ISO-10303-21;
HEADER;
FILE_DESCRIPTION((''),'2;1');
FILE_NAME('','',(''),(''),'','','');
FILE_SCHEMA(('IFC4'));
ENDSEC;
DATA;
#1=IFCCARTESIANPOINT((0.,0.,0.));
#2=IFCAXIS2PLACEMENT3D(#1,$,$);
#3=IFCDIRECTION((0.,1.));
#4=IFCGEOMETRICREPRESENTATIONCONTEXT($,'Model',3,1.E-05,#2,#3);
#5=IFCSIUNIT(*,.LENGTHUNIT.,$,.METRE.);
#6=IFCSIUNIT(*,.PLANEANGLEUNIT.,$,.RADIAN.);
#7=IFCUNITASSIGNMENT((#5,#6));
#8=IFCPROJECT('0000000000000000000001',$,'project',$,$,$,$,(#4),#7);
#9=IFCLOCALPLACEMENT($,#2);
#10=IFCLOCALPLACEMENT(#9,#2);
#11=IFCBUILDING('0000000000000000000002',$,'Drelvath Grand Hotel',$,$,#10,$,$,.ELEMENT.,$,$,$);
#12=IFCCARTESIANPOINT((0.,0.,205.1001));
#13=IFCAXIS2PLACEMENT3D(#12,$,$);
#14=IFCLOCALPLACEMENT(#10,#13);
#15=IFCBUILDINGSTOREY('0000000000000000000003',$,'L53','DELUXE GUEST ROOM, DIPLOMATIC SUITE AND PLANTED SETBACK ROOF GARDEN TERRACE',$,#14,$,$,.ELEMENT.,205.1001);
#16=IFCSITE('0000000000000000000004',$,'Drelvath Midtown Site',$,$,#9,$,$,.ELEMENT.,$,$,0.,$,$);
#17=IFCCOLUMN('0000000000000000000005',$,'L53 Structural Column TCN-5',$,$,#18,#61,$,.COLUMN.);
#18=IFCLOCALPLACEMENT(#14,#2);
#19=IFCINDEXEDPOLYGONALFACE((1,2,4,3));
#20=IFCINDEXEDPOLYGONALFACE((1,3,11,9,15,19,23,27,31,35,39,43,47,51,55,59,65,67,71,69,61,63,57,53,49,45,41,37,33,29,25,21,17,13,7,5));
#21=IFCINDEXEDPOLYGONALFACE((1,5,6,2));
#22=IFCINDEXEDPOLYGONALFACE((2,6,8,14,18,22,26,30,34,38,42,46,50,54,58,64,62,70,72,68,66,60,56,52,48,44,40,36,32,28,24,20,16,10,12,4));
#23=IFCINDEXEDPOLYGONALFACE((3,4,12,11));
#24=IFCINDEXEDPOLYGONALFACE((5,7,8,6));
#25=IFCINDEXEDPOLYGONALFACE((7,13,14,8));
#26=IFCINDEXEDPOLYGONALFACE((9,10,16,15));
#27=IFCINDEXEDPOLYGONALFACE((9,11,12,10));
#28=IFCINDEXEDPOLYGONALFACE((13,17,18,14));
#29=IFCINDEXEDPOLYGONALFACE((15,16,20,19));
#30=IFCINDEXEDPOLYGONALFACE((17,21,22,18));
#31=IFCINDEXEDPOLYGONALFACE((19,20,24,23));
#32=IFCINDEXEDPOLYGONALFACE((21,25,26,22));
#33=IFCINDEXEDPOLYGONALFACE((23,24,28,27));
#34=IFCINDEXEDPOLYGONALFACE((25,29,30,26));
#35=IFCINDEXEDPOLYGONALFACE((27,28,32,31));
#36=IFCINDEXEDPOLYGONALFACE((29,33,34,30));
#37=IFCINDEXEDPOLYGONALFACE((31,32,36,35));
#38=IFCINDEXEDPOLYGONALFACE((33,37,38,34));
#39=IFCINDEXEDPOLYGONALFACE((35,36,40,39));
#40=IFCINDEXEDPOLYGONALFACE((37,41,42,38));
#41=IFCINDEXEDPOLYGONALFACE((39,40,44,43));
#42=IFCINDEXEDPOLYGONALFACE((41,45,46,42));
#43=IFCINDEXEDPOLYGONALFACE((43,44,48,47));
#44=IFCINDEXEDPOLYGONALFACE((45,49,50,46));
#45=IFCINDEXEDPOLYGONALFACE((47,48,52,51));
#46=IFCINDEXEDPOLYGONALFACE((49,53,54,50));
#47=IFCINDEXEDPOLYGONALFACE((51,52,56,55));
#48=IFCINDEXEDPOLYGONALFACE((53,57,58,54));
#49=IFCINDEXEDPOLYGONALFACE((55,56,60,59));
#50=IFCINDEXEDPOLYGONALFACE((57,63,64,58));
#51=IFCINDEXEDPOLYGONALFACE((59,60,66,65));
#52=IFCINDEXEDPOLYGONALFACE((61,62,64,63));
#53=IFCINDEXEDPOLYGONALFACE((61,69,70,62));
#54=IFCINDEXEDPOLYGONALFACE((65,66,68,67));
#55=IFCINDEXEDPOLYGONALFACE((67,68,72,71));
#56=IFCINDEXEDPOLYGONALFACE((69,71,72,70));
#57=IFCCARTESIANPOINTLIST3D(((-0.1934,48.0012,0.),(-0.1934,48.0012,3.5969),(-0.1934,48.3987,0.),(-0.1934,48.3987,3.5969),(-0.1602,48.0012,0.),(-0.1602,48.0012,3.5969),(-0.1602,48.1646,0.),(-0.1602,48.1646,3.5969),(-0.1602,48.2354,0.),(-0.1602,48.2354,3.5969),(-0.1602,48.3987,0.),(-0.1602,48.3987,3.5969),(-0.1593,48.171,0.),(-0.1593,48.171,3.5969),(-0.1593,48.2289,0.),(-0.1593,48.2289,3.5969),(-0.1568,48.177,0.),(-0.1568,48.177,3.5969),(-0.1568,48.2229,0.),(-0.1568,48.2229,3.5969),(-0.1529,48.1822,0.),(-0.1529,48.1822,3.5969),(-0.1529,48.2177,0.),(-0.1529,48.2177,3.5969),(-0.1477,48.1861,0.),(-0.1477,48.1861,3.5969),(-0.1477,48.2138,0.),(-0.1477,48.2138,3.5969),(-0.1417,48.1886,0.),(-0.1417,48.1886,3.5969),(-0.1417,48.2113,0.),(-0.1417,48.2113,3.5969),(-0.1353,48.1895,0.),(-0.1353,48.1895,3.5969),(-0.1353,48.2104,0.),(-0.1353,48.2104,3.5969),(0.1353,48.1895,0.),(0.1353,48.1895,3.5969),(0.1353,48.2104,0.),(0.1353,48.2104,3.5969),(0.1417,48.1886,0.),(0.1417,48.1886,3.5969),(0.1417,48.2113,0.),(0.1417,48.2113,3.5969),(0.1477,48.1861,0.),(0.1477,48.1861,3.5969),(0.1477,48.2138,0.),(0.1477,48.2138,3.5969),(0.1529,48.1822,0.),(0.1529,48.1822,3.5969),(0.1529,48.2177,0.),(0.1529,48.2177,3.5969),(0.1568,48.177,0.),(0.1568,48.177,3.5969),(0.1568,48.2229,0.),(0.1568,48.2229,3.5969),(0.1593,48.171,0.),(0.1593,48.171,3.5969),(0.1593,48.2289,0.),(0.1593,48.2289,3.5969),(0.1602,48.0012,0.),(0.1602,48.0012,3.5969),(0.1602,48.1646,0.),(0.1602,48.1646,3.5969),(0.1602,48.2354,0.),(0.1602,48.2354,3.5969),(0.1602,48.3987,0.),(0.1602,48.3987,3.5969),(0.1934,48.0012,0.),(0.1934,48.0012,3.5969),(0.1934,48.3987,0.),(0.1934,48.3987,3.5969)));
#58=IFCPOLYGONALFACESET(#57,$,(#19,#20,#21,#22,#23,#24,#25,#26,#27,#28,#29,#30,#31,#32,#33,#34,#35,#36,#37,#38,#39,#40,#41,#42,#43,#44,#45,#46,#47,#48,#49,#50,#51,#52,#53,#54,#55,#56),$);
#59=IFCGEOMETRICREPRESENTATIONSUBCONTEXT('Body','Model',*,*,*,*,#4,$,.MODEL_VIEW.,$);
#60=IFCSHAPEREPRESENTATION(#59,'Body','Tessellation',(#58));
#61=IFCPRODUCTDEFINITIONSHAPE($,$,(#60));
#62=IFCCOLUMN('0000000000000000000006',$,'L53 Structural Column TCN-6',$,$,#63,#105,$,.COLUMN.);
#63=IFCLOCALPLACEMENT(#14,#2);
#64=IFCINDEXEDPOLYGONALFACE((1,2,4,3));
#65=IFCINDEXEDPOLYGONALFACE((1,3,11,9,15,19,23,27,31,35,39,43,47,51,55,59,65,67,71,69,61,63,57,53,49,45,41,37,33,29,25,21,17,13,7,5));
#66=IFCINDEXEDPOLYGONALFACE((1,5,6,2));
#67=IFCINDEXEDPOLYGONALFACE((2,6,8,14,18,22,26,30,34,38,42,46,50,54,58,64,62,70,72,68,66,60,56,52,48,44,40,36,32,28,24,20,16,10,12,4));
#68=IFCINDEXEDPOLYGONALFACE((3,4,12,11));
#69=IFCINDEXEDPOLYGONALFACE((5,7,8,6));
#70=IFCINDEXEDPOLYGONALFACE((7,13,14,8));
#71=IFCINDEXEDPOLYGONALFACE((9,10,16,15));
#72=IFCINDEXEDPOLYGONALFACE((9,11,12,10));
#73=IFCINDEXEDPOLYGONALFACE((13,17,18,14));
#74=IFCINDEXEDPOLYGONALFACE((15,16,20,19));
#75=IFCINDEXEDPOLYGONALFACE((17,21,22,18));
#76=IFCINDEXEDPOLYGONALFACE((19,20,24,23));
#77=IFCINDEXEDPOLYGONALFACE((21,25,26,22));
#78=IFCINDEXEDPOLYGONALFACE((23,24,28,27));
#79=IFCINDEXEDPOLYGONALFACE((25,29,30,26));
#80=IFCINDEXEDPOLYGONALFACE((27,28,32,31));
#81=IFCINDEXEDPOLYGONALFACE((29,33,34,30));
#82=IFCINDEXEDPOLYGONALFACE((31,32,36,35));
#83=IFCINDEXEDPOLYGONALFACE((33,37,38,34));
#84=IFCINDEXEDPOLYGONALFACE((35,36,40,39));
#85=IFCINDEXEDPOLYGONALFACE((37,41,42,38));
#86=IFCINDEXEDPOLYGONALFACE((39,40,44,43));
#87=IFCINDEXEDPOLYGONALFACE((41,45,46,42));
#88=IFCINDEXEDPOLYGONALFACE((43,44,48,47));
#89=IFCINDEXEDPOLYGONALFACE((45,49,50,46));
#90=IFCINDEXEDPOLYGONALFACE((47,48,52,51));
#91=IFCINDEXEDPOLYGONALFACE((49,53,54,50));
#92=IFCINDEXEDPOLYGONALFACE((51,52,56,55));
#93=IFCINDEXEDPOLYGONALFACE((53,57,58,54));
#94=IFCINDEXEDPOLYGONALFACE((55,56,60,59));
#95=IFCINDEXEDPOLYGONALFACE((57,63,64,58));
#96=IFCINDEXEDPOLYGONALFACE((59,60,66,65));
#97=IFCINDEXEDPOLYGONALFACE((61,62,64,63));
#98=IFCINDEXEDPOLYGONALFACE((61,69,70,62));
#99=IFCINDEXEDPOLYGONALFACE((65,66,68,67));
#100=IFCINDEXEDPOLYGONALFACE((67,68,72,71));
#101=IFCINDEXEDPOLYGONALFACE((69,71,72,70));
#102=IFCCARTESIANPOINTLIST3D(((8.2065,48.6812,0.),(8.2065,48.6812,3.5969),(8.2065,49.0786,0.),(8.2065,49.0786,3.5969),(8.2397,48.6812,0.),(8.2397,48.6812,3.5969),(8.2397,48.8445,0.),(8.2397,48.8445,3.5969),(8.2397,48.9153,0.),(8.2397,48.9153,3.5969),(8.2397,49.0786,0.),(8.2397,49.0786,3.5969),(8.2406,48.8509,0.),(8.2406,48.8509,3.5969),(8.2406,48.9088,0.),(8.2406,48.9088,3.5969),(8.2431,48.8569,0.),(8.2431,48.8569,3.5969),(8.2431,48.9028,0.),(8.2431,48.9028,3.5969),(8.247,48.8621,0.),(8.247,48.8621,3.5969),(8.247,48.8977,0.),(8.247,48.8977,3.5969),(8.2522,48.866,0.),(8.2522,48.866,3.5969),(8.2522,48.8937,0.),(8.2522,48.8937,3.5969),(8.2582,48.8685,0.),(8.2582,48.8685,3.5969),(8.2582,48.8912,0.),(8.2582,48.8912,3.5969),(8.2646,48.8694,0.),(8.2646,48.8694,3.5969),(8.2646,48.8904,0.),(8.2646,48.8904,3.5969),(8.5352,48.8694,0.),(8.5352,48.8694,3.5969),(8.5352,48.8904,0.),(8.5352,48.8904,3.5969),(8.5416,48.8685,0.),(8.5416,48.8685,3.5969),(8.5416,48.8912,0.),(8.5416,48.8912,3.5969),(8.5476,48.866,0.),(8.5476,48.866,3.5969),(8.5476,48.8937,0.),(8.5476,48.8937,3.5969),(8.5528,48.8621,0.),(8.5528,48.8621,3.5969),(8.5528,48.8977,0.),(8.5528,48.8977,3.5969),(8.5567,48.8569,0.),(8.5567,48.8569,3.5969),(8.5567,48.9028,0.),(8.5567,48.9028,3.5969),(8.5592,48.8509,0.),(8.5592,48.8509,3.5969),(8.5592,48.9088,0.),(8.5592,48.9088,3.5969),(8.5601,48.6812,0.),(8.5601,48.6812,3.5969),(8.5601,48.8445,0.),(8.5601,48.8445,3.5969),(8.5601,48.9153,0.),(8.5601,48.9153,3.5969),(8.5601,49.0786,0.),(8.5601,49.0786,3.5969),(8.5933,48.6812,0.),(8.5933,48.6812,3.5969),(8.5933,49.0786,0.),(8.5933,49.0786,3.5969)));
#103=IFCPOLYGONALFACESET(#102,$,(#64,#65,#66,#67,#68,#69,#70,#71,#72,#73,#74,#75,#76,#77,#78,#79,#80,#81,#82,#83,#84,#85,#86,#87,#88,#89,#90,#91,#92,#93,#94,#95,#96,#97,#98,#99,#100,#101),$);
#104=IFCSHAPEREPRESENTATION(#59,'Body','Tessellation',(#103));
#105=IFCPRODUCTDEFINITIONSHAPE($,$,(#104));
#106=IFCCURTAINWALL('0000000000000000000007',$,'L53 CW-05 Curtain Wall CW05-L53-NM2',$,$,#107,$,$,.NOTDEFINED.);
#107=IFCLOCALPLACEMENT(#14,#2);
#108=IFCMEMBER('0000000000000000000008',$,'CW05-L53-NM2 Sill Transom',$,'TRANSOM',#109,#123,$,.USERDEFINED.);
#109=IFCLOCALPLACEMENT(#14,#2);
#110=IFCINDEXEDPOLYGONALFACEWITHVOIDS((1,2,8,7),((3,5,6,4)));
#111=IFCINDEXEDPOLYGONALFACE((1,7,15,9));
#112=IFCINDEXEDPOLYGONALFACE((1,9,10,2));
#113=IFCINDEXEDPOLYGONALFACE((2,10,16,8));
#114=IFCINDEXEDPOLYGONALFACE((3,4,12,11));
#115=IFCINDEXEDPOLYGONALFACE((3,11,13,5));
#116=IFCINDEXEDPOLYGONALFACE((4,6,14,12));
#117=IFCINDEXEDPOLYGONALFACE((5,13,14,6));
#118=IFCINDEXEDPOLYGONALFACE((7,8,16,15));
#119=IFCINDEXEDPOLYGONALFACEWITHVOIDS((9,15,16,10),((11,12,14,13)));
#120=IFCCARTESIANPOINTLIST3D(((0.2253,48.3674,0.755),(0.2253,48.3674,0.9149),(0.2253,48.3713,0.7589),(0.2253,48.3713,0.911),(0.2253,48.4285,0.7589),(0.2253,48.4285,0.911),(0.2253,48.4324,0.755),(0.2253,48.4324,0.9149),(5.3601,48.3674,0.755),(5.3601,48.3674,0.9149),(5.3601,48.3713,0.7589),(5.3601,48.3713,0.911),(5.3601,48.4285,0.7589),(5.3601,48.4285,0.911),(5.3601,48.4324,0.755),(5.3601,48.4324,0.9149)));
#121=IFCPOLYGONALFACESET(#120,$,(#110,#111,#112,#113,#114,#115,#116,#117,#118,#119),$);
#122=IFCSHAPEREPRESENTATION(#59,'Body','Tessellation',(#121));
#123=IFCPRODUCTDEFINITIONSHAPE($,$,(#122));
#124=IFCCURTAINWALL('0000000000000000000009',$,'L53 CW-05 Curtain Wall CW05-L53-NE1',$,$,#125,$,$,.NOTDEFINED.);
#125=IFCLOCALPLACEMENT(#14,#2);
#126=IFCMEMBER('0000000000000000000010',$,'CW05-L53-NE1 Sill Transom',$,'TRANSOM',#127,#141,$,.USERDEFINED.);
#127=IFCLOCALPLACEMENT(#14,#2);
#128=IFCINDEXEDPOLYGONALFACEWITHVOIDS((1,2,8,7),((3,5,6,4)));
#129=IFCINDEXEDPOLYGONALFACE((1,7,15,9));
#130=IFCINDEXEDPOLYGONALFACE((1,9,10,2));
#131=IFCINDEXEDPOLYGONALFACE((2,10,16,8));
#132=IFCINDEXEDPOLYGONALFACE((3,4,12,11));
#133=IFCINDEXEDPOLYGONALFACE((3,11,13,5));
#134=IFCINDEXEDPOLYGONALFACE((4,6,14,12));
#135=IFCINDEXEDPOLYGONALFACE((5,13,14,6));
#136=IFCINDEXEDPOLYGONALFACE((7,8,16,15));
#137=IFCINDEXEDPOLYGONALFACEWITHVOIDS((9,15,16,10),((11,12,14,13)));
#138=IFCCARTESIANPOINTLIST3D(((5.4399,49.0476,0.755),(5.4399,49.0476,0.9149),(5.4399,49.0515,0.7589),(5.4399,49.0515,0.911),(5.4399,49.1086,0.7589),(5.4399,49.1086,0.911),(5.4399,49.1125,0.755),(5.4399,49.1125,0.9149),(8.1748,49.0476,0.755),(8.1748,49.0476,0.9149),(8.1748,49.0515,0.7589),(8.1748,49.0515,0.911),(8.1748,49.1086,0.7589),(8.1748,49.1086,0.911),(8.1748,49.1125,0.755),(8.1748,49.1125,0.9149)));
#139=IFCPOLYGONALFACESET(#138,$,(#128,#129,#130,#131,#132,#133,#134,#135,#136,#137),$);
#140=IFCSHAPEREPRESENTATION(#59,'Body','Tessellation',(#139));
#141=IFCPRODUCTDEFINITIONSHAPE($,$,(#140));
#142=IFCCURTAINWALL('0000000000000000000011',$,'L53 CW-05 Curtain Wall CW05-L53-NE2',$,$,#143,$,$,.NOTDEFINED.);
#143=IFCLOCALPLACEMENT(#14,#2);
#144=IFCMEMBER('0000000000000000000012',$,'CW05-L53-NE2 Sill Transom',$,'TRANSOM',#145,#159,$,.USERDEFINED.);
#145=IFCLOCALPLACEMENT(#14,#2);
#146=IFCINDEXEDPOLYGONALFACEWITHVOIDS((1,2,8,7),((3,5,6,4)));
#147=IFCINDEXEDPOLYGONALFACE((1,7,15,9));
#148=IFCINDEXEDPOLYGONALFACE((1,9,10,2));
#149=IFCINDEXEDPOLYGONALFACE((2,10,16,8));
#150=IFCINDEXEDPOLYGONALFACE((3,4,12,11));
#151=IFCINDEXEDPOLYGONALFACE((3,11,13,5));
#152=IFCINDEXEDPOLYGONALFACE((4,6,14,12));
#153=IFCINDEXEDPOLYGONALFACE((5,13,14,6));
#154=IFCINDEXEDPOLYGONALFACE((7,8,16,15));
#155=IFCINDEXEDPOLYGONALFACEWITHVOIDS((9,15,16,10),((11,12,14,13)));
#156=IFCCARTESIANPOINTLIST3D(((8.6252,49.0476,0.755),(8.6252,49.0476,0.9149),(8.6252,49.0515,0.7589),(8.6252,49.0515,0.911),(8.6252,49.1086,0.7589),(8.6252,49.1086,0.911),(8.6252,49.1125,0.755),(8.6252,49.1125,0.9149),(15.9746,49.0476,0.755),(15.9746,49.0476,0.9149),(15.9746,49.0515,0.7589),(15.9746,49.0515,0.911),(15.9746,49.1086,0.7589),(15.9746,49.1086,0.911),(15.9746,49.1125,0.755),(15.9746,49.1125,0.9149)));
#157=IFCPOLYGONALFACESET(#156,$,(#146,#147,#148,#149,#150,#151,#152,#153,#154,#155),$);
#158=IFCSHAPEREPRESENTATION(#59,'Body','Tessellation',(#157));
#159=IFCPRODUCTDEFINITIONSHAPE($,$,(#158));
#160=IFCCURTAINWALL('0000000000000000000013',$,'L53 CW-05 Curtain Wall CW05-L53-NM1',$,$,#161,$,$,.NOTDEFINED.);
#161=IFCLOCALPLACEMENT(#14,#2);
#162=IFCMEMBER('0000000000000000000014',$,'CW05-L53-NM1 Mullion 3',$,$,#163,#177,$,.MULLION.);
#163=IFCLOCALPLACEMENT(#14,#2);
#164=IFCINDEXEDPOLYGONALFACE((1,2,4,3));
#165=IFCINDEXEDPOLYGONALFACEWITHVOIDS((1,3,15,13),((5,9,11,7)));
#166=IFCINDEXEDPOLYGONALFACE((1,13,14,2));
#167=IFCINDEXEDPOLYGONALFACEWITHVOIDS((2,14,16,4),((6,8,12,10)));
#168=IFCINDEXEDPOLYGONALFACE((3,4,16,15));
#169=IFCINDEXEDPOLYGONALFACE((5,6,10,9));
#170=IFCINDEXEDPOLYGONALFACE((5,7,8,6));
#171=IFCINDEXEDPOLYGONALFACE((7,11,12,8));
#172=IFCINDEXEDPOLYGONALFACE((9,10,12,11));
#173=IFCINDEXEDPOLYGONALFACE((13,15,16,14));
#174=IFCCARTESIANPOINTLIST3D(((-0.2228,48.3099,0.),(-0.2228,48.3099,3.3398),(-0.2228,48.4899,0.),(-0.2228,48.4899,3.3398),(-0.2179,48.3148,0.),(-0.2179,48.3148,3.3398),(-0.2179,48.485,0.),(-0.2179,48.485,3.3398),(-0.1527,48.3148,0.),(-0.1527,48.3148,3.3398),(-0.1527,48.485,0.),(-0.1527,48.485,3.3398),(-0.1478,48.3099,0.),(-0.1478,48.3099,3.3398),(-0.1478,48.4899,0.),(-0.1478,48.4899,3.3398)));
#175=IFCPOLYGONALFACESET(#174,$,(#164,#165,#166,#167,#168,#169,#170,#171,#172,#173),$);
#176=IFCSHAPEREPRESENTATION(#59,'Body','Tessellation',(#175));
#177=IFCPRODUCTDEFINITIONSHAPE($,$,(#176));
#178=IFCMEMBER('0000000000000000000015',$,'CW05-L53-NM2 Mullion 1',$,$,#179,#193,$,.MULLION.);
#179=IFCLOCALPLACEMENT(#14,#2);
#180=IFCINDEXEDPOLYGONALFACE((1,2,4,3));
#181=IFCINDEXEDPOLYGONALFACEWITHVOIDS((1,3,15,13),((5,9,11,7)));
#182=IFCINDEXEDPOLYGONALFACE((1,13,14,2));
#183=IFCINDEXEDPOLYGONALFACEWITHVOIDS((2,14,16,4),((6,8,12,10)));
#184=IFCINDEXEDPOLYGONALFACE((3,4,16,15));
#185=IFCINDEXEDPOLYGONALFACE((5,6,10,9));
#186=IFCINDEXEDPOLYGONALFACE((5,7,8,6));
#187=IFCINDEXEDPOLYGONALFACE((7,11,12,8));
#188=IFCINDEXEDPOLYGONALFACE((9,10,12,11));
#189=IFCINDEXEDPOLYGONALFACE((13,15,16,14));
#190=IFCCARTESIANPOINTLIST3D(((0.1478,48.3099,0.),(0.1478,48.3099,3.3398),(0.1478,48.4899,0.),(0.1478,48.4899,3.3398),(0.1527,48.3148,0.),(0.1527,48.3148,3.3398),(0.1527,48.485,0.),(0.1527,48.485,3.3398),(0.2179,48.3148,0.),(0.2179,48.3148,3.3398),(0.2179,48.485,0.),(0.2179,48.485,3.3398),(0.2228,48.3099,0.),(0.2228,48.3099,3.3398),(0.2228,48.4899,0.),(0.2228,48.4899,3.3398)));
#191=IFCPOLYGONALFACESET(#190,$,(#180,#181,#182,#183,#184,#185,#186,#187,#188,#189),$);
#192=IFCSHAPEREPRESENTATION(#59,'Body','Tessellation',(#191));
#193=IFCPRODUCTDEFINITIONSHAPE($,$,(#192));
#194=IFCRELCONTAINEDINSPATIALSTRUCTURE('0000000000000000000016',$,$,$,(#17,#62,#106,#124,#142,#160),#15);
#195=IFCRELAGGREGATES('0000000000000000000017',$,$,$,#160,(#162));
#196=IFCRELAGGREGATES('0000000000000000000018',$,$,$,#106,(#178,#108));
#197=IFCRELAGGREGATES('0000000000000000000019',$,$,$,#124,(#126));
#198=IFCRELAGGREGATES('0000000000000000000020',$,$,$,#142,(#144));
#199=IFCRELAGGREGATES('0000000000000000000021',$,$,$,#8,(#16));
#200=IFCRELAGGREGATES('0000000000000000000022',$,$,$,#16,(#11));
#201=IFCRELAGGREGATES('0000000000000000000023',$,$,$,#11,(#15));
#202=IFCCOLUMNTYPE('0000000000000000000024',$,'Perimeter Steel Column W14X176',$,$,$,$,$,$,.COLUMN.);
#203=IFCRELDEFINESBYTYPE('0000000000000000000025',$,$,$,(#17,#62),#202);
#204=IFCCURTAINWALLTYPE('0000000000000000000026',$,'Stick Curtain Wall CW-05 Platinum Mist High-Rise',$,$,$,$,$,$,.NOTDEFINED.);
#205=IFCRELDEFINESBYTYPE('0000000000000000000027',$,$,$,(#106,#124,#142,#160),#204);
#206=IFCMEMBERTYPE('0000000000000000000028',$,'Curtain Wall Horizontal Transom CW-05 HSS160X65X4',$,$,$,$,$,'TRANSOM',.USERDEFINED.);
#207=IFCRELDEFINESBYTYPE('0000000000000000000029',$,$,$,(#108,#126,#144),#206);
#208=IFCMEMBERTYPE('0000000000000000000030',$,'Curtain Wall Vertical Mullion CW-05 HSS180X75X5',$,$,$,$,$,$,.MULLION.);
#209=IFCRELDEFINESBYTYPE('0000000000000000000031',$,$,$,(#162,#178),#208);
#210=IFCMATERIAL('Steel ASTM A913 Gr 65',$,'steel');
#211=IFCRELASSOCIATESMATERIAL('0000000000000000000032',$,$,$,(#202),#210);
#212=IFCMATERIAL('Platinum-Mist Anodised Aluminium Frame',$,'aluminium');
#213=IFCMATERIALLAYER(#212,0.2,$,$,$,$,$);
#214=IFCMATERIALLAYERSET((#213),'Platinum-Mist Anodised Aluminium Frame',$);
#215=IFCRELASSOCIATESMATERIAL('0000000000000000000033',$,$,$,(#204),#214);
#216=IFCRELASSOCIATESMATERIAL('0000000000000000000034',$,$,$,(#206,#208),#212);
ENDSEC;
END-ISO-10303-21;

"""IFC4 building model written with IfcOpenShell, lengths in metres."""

from ifc_helpers import new_model, si_unit, direction, frame, origin, origin_2d, place, context, subcontext, project, spatial, hollow_rectangle, i_section, extrude, material, layer, layer_set, material_profile, profile_set, type_object, element, aggregate, save


model = new_model("IFC4")

# Units and contexts
model_context = context("Model", 3, precision=1e-05, world=origin(), true_north=direction((0.0, 1.0)))
body_context = subcontext(model_context, "Body", "Model", "MODEL_VIEW")
ifc_project = project(units=[si_unit("LENGTHUNIT", "METRE"), si_unit("PLANEANGLEUNIT", "RADIAN")], contexts=[model_context])

# Site, building, storey
site_placement = place(None, origin())
site = spatial("IfcSite", under=ifc_project, at=site_placement, Name="Drelvath Midtown Site", CompositionType="ELEMENT", RefElevation=0.0)
building_placement = place(site_placement, origin())
building = spatial("IfcBuilding", under=site, at=building_placement, Name="Drelvath Grand Hotel", CompositionType="ELEMENT")
storey_placement = place(building_placement, frame((0.0, 0.0, 205.1001)))
storey = spatial("IfcBuildingStorey", under=building, at=storey_placement, Name="L53", Description="DELUXE GUEST ROOM, DIPLOMATIC SUITE AND PLANTED SETBACK ROOF GARDEN TERRACE", CompositionType="ELEMENT", Elevation=205.1001)

# Columns
ifc_material_1 = material(Name="Steel ASTM A913 Gr 65", Category="steel")
ifc_material_profile_1 = material_profile(ifc_material_1, i_section(OverallWidth=0.3975, OverallDepth=0.3867, WebThickness=0.021, FlangeThickness=0.0332, FilletRadius=0.0249, at=origin_2d()), Name="W14X176")
ifc_profile_set_1 = profile_set([ifc_material_profile_1], Name="Steel ASTM A913 Gr 65")
column_type = type_object("IfcColumnType", Name="Perimeter Steel Column W14X176", PredefinedType="COLUMN", material=ifc_profile_set_1)
for number, where, z_axis, x_axis, name in (
    (1, (0.0, 48.2, 0.0), (0.0, 0.0, 1.0), (0.0, 1.0, 0.0), "L53 Structural Column TCN-5"),
    (2, (8.3999, 48.8799, 0.0), (0.0, 0.0, 1.0), (0.0, 1.0, 0.0), "L53 Structural Column TCN-6"),
):
    element("IfcColumn", number, at=place(storey_placement, frame(where, z_axis=z_axis, x_axis=x_axis)), inside=storey, type_object=column_type, Name=name, PredefinedType="COLUMN", context=body_context, shape_type="SweptSolid", body=[
        extrude(i_section(OverallWidth=0.3975, OverallDepth=0.3867, WebThickness=0.021, FlangeThickness=0.0332, FilletRadius=0.0249, at=origin_2d()), origin(), (0.0, 0.0, 1.0), 3.5969),
    ])

# Curtain walls, members
ifc_material_2 = material(Name="Platinum-Mist Anodised Aluminium Frame", Category="aluminium")
ifc_layer_1 = layer(ifc_material_2, 0.2)
ifc_layer_set_1 = layer_set([ifc_layer_1], Name="Platinum-Mist Anodised Aluminium Frame")
curtain_wall_type = type_object("IfcCurtainWallType", Name="Stick Curtain Wall CW-05 Platinum Mist High-Rise", PredefinedType="NOTDEFINED", material=ifc_layer_set_1)
curtain_wall_1_placement = place(storey_placement, origin())
curtain_wall_1 = element("IfcCurtainWall", 3, at=curtain_wall_1_placement, inside=storey, type_object=curtain_wall_type, Name="L53 CW-05 Curtain Wall CW05-L53-NM2", PredefinedType="NOTDEFINED")
ifc_material_profile_2 = material_profile(ifc_material_2, hollow_rectangle(XDim=0.0649, YDim=0.1599, WallThickness=0.0039, at=origin_2d()), Name="HSS160X65X4")
ifc_profile_set_2 = profile_set([ifc_material_profile_2], Name="Platinum-Mist Anodised Aluminium Frame")
member_type_1 = type_object("IfcMemberType", Name="Curtain Wall Horizontal Transom CW-05 HSS160X65X4", ElementType="TRANSOM", PredefinedType="USERDEFINED", material=ifc_profile_set_2)
member_1_placement = place(storey_placement, frame((0.2253, 48.3999, 0.835), z_axis=(1.0, 0.0, 0.0), x_axis=(0.0, 1.0, 0.0)))
member_1 = element("IfcMember", 4, at=member_1_placement, type_object=member_type_1, Name="CW05-L53-NM2 Sill Transom", ObjectType="TRANSOM", PredefinedType="USERDEFINED", context=body_context, shape_type="SweptSolid", body=[
    extrude(hollow_rectangle(XDim=0.0649, YDim=0.1599, WallThickness=0.0039, at=origin_2d()), origin(), (0.0, 0.0, 1.0), 5.1348),
])
curtain_wall_2_placement = place(storey_placement, origin())
curtain_wall_2 = element("IfcCurtainWall", 5, at=curtain_wall_2_placement, inside=storey, type_object=curtain_wall_type, Name="L53 CW-05 Curtain Wall CW05-L53-NE1", PredefinedType="NOTDEFINED")
member_2_placement = place(storey_placement, frame((5.4399, 49.0801, 0.835), z_axis=(1.0, 0.0, 0.0), x_axis=(0.0, 1.0, 0.0)))
member_2 = element("IfcMember", 6, at=member_2_placement, type_object=member_type_1, Name="CW05-L53-NE1 Sill Transom", ObjectType="TRANSOM", PredefinedType="USERDEFINED", context=body_context, shape_type="SweptSolid", body=[
    extrude(hollow_rectangle(XDim=0.0649, YDim=0.1599, WallThickness=0.0039, at=origin_2d()), origin(), (0.0, 0.0, 1.0), 2.7349),
])
curtain_wall_3_placement = place(storey_placement, origin())
curtain_wall_3 = element("IfcCurtainWall", 7, at=curtain_wall_3_placement, inside=storey, type_object=curtain_wall_type, Name="L53 CW-05 Curtain Wall CW05-L53-NE2", PredefinedType="NOTDEFINED")
member_3_placement = place(storey_placement, frame((8.6252, 49.0801, 0.835), z_axis=(1.0, 0.0, 0.0), x_axis=(0.0, 1.0, 0.0)))
member_3 = element("IfcMember", 8, at=member_3_placement, type_object=member_type_1, Name="CW05-L53-NE2 Sill Transom", ObjectType="TRANSOM", PredefinedType="USERDEFINED", context=body_context, shape_type="SweptSolid", body=[
    extrude(hollow_rectangle(XDim=0.0649, YDim=0.1599, WallThickness=0.0039, at=origin_2d()), origin(), (0.0, 0.0, 1.0), 7.3494),
])
curtain_wall_4_placement = place(storey_placement, origin())
curtain_wall_4 = element("IfcCurtainWall", 9, at=curtain_wall_4_placement, inside=storey, type_object=curtain_wall_type, Name="L53 CW-05 Curtain Wall CW05-L53-NM1", PredefinedType="NOTDEFINED")
ifc_material_profile_3 = material_profile(ifc_material_2, hollow_rectangle(XDim=0.075, YDim=0.1799, WallThickness=0.0049, at=origin_2d()), Name="HSS180X75X5")
ifc_profile_set_3 = profile_set([ifc_material_profile_3], Name="Platinum-Mist Anodised Aluminium Frame")
member_type_2 = type_object("IfcMemberType", Name="Curtain Wall Vertical Mullion CW-05 HSS180X75X5", PredefinedType="MULLION", material=ifc_profile_set_3)
member_4_placement = place(storey_placement, frame((-0.1853, 48.3999, 0.0), z_axis=(0.0, 0.0, 1.0), x_axis=(1.0, 0.0, 0.0)))
member_4 = element("IfcMember", 10, at=member_4_placement, type_object=member_type_2, Name="CW05-L53-NM1 Mullion 3", PredefinedType="MULLION", context=body_context, shape_type="SweptSolid", body=[
    extrude(hollow_rectangle(XDim=0.075, YDim=0.1799, WallThickness=0.0049, at=origin_2d()), origin(), (0.0, 0.0, 1.0), 3.3398),
])
aggregate(curtain_wall_4, [member_4])

# Member
member_5_placement = place(storey_placement, frame((0.1853, 48.3999, 0.0), z_axis=(0.0, 0.0, 1.0), x_axis=(1.0, 0.0, 0.0)))
member_5 = element("IfcMember", 11, at=member_5_placement, type_object=member_type_2, Name="CW05-L53-NM2 Mullion 1", PredefinedType="MULLION", context=body_context, shape_type="SweptSolid", body=[
    extrude(hollow_rectangle(XDim=0.075, YDim=0.1799, WallThickness=0.0049, at=origin_2d()), origin(), (0.0, 0.0, 1.0), 3.3398),
])

aggregate(curtain_wall_1, [member_5, member_1])
aggregate(curtain_wall_2, [member_2])
aggregate(curtain_wall_3, [member_3])

save(model, "model.ifc")
